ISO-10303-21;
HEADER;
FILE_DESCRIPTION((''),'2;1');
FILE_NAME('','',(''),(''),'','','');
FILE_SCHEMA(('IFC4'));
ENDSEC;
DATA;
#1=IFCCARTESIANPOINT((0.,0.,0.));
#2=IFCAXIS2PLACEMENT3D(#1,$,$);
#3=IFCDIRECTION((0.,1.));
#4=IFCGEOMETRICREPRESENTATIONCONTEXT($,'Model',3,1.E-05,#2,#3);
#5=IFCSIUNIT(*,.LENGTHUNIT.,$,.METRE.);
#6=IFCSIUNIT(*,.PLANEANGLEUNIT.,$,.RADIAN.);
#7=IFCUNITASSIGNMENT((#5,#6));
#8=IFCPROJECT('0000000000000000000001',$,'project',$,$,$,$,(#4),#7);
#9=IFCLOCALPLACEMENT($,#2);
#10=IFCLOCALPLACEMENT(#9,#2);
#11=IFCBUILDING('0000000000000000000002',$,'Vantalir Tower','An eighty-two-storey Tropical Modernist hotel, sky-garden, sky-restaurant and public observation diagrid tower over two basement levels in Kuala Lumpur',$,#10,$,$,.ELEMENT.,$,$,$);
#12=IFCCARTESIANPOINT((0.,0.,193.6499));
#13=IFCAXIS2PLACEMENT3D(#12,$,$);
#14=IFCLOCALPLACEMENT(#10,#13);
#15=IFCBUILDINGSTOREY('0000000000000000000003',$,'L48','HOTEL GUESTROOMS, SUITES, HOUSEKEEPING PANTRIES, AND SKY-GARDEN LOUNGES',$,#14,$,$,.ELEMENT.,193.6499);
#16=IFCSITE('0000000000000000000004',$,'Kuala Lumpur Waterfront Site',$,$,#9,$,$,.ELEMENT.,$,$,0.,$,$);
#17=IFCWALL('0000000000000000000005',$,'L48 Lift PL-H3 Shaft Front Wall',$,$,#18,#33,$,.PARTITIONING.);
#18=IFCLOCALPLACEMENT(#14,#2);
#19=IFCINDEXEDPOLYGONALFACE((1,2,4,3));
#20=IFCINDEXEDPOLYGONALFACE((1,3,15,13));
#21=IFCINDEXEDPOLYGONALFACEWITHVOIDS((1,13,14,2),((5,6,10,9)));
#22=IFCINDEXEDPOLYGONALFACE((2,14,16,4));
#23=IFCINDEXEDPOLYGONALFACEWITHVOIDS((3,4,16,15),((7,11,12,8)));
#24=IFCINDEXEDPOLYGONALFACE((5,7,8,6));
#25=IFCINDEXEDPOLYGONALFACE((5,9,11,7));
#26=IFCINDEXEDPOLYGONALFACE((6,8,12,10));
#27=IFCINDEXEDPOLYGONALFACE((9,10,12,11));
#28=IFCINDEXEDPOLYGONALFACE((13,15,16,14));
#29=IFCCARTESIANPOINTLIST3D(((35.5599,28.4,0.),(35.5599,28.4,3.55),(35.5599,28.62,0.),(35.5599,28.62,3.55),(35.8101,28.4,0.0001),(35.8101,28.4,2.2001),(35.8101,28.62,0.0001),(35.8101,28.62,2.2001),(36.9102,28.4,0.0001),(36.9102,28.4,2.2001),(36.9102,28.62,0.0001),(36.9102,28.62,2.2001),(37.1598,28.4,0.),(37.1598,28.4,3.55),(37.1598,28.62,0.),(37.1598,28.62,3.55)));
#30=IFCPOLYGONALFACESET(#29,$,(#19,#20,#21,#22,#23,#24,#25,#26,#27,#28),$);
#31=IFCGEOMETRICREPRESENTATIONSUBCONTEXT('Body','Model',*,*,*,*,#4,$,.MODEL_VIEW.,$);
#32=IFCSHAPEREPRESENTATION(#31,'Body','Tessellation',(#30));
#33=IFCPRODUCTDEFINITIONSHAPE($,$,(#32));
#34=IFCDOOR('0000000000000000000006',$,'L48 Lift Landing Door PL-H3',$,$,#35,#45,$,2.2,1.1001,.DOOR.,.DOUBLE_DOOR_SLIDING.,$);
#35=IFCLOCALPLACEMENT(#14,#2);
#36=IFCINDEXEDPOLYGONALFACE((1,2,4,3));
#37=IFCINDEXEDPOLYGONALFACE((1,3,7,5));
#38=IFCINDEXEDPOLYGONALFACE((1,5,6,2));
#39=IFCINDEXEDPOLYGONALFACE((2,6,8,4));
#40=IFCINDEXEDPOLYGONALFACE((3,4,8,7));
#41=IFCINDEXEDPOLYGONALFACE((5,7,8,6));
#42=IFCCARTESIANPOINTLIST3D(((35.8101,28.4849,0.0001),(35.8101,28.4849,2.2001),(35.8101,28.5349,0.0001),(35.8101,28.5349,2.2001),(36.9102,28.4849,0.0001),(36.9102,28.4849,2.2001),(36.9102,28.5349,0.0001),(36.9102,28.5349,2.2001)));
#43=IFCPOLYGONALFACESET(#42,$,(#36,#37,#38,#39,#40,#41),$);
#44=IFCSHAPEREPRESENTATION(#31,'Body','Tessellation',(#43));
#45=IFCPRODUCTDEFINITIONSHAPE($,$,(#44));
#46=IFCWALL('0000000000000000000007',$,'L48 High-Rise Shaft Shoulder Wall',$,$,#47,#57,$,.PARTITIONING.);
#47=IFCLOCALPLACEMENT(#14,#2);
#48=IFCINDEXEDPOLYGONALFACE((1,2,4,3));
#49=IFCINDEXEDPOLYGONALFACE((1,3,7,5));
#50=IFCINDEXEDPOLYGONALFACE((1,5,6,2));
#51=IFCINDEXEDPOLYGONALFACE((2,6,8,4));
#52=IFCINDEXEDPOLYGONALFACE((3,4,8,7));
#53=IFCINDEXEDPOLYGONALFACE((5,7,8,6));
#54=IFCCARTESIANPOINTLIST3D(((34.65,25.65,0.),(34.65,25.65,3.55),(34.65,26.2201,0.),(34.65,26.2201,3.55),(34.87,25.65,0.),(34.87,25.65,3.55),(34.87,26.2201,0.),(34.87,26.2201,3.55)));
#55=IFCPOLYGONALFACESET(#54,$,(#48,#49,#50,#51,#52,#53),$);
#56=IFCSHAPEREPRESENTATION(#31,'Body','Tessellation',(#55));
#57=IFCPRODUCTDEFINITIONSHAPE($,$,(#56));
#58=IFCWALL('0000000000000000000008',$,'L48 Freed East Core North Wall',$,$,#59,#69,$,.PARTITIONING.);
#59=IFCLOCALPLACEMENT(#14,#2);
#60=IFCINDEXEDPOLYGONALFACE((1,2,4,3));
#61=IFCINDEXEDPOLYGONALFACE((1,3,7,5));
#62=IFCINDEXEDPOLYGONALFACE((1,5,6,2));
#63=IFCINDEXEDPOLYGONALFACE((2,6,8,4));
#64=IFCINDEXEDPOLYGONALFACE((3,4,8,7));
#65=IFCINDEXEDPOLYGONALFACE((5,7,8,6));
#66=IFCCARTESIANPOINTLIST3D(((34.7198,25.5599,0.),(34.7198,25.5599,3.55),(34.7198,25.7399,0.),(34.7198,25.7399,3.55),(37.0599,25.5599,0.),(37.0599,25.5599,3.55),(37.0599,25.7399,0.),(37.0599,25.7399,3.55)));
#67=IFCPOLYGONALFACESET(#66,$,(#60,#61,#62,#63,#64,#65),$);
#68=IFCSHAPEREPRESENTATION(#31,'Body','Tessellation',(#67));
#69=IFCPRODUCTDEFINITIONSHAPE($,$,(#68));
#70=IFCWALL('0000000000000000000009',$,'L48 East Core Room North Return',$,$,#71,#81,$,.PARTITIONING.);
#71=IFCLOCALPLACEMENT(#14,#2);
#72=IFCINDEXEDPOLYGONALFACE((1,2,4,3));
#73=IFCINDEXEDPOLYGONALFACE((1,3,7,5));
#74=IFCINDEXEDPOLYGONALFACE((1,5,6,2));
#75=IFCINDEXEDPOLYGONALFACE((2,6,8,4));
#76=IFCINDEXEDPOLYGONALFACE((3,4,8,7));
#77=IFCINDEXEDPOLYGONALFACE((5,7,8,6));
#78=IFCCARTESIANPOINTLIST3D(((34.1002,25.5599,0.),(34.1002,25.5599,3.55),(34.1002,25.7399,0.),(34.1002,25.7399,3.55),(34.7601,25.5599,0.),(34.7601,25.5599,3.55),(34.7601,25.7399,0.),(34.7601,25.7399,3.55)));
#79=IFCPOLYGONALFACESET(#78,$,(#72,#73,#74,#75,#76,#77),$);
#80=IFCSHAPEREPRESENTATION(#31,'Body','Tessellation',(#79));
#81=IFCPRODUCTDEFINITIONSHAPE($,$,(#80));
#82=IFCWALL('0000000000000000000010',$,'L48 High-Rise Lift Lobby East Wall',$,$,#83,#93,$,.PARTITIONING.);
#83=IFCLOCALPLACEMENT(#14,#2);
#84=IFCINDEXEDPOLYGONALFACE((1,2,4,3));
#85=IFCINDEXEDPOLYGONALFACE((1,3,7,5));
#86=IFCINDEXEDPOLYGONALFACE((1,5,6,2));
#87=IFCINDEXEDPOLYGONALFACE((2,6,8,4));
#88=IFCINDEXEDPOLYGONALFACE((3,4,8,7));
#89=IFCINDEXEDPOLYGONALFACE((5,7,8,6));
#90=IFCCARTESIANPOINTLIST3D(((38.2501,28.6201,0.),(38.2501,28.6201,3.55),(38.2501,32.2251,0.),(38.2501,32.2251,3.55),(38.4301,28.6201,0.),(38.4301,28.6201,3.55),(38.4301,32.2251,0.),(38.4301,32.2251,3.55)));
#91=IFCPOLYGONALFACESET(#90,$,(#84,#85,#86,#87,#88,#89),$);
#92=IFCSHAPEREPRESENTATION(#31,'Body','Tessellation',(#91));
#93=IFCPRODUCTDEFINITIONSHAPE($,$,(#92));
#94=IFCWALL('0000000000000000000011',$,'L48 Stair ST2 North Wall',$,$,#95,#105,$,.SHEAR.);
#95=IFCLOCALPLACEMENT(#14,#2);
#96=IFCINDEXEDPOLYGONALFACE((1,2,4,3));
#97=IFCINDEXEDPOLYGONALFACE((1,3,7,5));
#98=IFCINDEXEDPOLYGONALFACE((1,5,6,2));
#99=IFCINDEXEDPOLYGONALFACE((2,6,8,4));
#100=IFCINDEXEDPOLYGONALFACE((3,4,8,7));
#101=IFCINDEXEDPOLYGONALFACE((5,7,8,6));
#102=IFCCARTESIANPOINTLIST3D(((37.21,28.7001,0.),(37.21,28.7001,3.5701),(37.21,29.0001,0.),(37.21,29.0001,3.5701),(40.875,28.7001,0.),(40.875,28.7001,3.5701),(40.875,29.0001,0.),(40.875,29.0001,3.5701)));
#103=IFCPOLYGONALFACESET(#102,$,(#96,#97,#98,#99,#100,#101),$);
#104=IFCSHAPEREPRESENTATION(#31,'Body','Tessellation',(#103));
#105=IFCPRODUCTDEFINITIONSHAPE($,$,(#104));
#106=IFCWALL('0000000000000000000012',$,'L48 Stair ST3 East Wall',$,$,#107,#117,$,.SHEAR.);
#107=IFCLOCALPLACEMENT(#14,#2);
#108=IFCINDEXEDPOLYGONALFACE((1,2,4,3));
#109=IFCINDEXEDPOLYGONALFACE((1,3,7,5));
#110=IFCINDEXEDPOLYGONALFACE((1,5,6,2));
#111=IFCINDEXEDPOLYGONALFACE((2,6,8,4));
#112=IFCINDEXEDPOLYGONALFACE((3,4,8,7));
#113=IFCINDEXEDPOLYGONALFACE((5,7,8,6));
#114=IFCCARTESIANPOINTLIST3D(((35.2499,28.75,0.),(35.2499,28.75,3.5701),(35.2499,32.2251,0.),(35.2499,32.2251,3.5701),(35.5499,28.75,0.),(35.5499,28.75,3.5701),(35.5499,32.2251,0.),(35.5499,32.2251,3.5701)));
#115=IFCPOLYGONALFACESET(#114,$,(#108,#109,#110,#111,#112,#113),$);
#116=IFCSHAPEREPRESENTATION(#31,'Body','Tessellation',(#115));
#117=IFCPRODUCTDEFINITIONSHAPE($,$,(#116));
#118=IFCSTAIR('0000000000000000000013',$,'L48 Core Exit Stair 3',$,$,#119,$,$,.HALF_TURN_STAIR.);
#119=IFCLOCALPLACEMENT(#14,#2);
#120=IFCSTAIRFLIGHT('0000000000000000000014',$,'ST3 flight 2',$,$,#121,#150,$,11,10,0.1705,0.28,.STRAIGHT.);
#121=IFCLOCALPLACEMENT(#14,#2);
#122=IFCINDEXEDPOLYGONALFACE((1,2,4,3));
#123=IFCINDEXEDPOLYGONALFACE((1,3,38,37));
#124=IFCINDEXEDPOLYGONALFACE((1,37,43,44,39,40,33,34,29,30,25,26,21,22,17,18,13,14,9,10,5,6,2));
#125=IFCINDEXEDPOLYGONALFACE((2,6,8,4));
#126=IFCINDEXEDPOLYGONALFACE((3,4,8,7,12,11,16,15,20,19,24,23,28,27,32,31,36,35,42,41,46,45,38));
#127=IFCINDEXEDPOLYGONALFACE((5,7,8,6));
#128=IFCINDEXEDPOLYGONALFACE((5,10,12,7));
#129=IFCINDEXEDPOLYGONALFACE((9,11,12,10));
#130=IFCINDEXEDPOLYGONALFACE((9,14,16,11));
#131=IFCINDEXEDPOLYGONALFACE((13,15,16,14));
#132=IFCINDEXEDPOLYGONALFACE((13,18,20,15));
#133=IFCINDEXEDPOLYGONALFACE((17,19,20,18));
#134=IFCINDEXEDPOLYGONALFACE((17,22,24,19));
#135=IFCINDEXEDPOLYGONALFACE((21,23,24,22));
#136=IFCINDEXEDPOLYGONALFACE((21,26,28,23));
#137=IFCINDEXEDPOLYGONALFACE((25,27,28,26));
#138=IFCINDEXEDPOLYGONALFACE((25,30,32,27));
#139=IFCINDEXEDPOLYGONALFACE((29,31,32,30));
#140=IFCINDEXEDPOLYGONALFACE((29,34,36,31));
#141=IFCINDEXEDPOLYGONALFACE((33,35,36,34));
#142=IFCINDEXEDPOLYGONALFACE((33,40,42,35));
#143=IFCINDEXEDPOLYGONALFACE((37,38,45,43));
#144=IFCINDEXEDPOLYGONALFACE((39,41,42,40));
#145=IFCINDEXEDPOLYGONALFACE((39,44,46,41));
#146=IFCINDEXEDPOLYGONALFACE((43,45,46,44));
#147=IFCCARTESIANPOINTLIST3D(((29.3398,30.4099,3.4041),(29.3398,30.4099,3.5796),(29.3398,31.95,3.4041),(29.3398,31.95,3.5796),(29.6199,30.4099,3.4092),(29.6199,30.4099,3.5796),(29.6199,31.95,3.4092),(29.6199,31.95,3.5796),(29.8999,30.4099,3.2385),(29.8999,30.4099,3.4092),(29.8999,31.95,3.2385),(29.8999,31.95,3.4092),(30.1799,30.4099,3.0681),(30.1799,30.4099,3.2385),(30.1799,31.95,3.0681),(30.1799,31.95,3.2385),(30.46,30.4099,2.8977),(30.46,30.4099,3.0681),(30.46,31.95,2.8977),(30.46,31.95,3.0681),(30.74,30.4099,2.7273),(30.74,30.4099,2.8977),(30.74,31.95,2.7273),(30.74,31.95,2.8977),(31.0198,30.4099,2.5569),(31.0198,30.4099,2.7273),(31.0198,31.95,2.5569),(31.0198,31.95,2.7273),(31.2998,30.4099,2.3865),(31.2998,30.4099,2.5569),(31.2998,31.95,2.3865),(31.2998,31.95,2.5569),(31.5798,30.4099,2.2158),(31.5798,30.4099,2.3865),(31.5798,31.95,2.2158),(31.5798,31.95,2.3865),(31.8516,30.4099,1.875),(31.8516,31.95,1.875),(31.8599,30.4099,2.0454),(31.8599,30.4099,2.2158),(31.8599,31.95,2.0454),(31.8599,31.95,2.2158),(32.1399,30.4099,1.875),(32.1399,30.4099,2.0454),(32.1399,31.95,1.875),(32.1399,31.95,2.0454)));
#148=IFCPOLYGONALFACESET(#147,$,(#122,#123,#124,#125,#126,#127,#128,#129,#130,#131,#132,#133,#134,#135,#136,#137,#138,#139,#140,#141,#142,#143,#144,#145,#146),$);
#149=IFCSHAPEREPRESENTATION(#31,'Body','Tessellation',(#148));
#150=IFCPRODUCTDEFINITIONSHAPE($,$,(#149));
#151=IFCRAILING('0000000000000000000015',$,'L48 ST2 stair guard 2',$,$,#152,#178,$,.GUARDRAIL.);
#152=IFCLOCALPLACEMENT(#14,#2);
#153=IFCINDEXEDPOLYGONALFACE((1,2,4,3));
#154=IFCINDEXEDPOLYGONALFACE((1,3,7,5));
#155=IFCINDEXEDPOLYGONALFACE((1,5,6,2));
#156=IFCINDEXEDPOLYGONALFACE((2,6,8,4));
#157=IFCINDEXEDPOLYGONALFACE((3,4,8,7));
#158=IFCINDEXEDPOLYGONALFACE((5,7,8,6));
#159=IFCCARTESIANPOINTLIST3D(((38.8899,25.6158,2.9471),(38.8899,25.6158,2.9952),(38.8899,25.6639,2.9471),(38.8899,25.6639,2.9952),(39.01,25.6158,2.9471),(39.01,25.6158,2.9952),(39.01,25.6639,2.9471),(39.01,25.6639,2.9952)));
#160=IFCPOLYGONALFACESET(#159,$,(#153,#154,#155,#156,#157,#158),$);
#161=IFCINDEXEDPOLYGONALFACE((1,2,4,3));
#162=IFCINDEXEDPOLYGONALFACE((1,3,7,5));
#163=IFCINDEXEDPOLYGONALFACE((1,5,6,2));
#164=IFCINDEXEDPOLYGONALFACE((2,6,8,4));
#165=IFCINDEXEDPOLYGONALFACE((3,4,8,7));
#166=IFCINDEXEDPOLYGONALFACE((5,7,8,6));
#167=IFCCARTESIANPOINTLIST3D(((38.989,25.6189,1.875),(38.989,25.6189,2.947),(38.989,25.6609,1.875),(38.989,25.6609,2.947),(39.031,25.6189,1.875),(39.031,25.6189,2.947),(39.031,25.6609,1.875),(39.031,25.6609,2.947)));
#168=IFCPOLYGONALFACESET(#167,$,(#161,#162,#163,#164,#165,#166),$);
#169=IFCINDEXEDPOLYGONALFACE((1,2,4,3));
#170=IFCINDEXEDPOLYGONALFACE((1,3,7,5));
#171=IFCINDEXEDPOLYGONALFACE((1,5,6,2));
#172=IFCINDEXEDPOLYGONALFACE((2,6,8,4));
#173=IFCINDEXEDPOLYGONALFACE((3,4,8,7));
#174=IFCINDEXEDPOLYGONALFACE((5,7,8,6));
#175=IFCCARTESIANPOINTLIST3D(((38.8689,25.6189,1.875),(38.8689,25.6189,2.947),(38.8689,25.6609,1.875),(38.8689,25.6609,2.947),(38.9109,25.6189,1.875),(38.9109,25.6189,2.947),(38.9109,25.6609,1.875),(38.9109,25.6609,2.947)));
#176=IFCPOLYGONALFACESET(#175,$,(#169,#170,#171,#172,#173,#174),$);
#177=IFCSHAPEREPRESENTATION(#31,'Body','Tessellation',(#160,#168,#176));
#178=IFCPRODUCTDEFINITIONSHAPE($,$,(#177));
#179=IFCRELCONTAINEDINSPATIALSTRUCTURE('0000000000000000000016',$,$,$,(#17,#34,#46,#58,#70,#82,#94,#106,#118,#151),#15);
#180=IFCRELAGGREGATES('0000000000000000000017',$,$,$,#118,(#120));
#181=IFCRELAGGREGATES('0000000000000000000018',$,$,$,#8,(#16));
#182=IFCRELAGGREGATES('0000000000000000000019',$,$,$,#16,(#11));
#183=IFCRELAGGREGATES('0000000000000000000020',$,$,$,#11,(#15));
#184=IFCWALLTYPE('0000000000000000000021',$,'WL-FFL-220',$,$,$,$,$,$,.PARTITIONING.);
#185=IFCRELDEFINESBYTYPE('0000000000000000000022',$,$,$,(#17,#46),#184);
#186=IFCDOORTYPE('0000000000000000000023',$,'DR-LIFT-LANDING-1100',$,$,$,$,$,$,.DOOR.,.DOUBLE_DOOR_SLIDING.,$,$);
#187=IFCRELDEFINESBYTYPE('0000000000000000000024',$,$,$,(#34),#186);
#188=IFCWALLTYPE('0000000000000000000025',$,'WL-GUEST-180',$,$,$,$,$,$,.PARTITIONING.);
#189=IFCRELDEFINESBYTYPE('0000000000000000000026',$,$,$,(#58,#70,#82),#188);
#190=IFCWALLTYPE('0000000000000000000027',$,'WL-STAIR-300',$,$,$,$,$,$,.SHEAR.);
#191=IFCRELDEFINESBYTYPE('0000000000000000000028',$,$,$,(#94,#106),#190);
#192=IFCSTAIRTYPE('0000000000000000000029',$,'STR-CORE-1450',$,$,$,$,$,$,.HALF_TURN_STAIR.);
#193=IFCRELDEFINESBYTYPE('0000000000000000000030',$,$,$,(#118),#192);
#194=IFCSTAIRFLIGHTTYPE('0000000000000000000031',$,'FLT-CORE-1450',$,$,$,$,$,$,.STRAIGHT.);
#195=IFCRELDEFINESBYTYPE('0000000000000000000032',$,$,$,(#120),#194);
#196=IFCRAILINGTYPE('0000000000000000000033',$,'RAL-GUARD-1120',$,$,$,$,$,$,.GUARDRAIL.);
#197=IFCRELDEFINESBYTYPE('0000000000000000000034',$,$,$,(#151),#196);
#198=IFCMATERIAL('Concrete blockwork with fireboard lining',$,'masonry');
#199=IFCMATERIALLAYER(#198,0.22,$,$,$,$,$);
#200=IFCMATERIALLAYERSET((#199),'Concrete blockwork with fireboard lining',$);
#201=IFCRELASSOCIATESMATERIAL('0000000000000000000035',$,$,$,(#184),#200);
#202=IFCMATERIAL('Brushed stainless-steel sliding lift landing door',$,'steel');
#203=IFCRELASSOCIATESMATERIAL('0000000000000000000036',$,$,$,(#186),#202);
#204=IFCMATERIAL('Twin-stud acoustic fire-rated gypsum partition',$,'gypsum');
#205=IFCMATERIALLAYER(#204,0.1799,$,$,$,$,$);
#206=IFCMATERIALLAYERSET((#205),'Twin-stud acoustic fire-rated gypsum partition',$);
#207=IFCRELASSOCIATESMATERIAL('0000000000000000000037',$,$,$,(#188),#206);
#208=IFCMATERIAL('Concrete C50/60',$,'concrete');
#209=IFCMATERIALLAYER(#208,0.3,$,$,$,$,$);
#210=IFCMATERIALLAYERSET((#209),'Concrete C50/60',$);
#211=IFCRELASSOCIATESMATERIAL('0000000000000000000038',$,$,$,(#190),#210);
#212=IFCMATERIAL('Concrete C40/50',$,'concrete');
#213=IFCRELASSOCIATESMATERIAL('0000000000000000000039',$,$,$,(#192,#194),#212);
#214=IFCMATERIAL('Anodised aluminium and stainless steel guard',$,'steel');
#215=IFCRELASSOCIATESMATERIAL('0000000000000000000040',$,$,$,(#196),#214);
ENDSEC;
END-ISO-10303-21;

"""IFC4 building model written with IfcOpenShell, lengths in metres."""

from ifc_helpers import new_model, si_unit, direction, frame, frame_2d, origin, origin_2d, place, context, subcontext, project, spatial, polyline, rectangle, outline, extrude, material, layer, layer_set, type_object, element, fill, aggregate, save


model = new_model("IFC4")

# Units and contexts
model_context = context("Model", 3, precision=1e-05, world=origin(), true_north=direction((0.0, 1.0)))
body_context = subcontext(model_context, "Body", "Model", "MODEL_VIEW")
ifc_project = project(units=[si_unit("LENGTHUNIT", "METRE"), si_unit("PLANEANGLEUNIT", "RADIAN")], contexts=[model_context])

# Site, building, storey
site_placement = place(None, origin())
site = spatial("IfcSite", under=ifc_project, at=site_placement, Name="Kuala Lumpur Waterfront Site", CompositionType="ELEMENT", RefElevation=0.0)
building_placement = place(site_placement, origin())
building = spatial("IfcBuilding", under=site, at=building_placement, Name="Vantalir Tower", Description="An eighty-two-storey Tropical Modernist hotel, sky-garden, sky-restaurant and public observation diagrid tower over two basement levels in Kuala Lumpur", CompositionType="ELEMENT")
storey_placement = place(building_placement, frame((0.0, 0.0, 193.6499)))
storey = spatial("IfcBuildingStorey", under=building, at=storey_placement, Name="L48", Description="HOTEL GUESTROOMS, SUITES, HOUSEKEEPING PANTRIES, AND SKY-GARDEN LOUNGES", CompositionType="ELEMENT", Elevation=193.6499)

# Shared definitions
ifc_material_1 = material(Name="Concrete C50/60", Category="concrete")

# Shared definitions
ifc_material_2 = material(Name="Concrete blockwork with fireboard lining", Category="masonry")
ifc_layer_1 = layer(ifc_material_2, 0.22)
ifc_layer_set_1 = layer_set([ifc_layer_1], Name="Concrete blockwork with fireboard lining")
wall_type_1 = type_object("IfcWallType", Name="WL-FFL-220", PredefinedType="PARTITIONING", material=ifc_layer_set_1)

# Wall, opening, door
ifc_material_3 = material(Name="Brushed stainless-steel sliding lift landing door", Category="steel")
door_type = type_object("IfcDoorType", Name="DR-LIFT-LANDING-1100", OperationType="DOUBLE_DOOR_SLIDING", PredefinedType="DOOR", material=ifc_material_3)
wall_1_placement = place(storey_placement, frame((35.5601, 28.51, 0.0), z_axis=(0.0, 0.0, 1.0), x_axis=(1.0, 0.0, 0.0)))
wall_1 = element("IfcWall", 1, at=wall_1_placement, inside=storey, type_object=wall_type_1, Name="L48 Lift PL-H3 Shaft Front Wall", PredefinedType="PARTITIONING", context=body_context, shape_type="SweptSolid", body=[
    extrude(rectangle(XDim=1.5999, YDim=0.22, at=frame_2d((0.7998, 0.0))), origin(), (0.0, 0.0, 1.0), 3.55),
])
opening_1_placement = place(wall_1_placement, frame((0.25, 0.0, 0.0)))
opening_1 = element("IfcOpeningElement", 2, at=opening_1_placement, cuts=wall_1, PredefinedType="OPENING", context=body_context, shape_type="SweptSolid", body=[
    extrude(rectangle(XDim=1.1001, YDim=2.2, at=frame_2d((0.55, 1.1001))), frame((0.0, 0.1199, 0.0), z_axis=(0.0, -1.0, 0.0), x_axis=(1.0, 0.0, 0.0)), (0.0, 0.0, 1.0), 0.24),
])
door_1_placement = place(opening_1_placement, origin())
door_1 = element("IfcDoor", 3, at=door_1_placement, inside=storey, type_object=door_type, Name="L48 Lift Landing Door PL-H3", OperationType="DOUBLE_DOOR_SLIDING", OverallHeight=2.2, OverallWidth=1.1001, PredefinedType="DOOR", context=body_context, shape_type="SweptSolid", body=[
    extrude(rectangle(XDim=1.1001, YDim=2.2, at=frame_2d((0.55, 1.1001))), frame((0.0, 0.0249, 0.0), z_axis=(0.0, -1.0, 0.0), x_axis=(1.0, 0.0, 0.0)), (0.0, 0.0, 1.0), 0.05),
])
fill(opening_1, door_1)

# Walls
wall_2_placement = place(storey_placement, frame((34.76, 25.6499, 0.0), z_axis=(0.0, 0.0, 1.0), x_axis=(0.0, 1.0, 0.0)))
element("IfcWall", 4, at=wall_2_placement, inside=storey, type_object=wall_type_1, Name="L48 High-Rise Shaft Shoulder Wall", PredefinedType="PARTITIONING", context=body_context, shape_type="SweptSolid", body=[
    extrude(rectangle(XDim=0.5701, YDim=0.22, at=frame_2d((0.2852, 0.0))), origin(), (0.0, 0.0, 1.0), 3.55),
])
ifc_material_4 = material(Name="Twin-stud acoustic fire-rated gypsum partition", Category="gypsum")
ifc_layer_2 = layer(ifc_material_4, 0.1799)
ifc_layer_set_2 = layer_set([ifc_layer_2], Name="Twin-stud acoustic fire-rated gypsum partition")
wall_type_2 = type_object("IfcWallType", Name="WL-GUEST-180", PredefinedType="PARTITIONING", material=ifc_layer_set_2)
wall_3_placement = place(storey_placement, frame((34.72, 25.6499, 0.0), z_axis=(0.0, 0.0, 1.0), x_axis=(1.0, 0.0, 0.0)))
element("IfcWall", 5, at=wall_3_placement, inside=storey, type_object=wall_type_2, Name="L48 Freed East Core North Wall", PredefinedType="PARTITIONING", context=body_context, shape_type="SweptSolid", body=[
    extrude(rectangle(XDim=2.3401, YDim=0.1799, at=frame_2d((1.1699, 0.0))), origin(), (0.0, 0.0, 1.0), 3.55),
])
wall_4_placement = place(storey_placement, frame((34.1001, 25.6499, 0.0), z_axis=(0.0, 0.0, 1.0), x_axis=(1.0, 0.0, 0.0)))
element("IfcWall", 6, at=wall_4_placement, inside=storey, type_object=wall_type_2, Name="L48 East Core Room North Return", PredefinedType="PARTITIONING", context=body_context, shape_type="SweptSolid", body=[
    extrude(rectangle(XDim=0.6599, YDim=0.1799, at=frame_2d((0.3301, 0.0))), origin(), (0.0, 0.0, 1.0), 3.55),
])
wall_5_placement = place(storey_placement, frame((38.3401, 28.6201, 0.0), z_axis=(0.0, 0.0, 1.0), x_axis=(0.0, 1.0, 0.0)))
element("IfcWall", 7, at=wall_5_placement, inside=storey, type_object=wall_type_2, Name="L48 High-Rise Lift Lobby East Wall", PredefinedType="PARTITIONING", context=body_context, shape_type="SweptSolid", body=[
    extrude(rectangle(XDim=3.605, YDim=0.1799, at=frame_2d((1.8025, 0.0))), origin(), (0.0, 0.0, 1.0), 3.55),
])
ifc_layer_3 = layer(ifc_material_1, 0.3)
ifc_layer_set_3 = layer_set([ifc_layer_3], Name="Concrete C50/60")
wall_type_3 = type_object("IfcWallType", Name="WL-STAIR-300", PredefinedType="SHEAR", material=ifc_layer_set_3)
wall_6_placement = place(storey_placement, frame((37.21, 28.8501, 0.0), z_axis=(0.0, 0.0, 1.0), x_axis=(1.0, 0.0, 0.0)))
element("IfcWall", 8, at=wall_6_placement, inside=storey, type_object=wall_type_3, Name="L48 Stair ST2 North Wall", PredefinedType="SHEAR", context=body_context, shape_type="SweptSolid", body=[
    extrude(rectangle(XDim=3.665, YDim=0.3, at=frame_2d((1.8325, 0.0))), origin(), (0.0, 0.0, 1.0), 3.5701),
])
wall_7_placement = place(storey_placement, frame((35.3999, 28.75, 0.0), z_axis=(0.0, 0.0, 1.0), x_axis=(0.0, 1.0, 0.0)))
element("IfcWall", 9, at=wall_7_placement, inside=storey, type_object=wall_type_3, Name="L48 Stair ST3 East Wall", PredefinedType="SHEAR", context=body_context, shape_type="SweptSolid", body=[
    extrude(rectangle(XDim=3.4751, YDim=0.3, at=frame_2d((1.7375, 0.0))), origin(), (0.0, 0.0, 1.0), 3.5701),
])

# Stair, stair flight
ifc_material_5 = material(Name="Concrete C40/50", Category="concrete")
stair_type = type_object("IfcStairType", Name="STR-CORE-1450", PredefinedType="HALF_TURN_STAIR", material=ifc_material_5)
stair_placement = place(storey_placement, origin())
stair = element("IfcStair", 10, at=stair_placement, inside=storey, type_object=stair_type, Name="L48 Core Exit Stair 3", PredefinedType="HALF_TURN_STAIR")
stair_flight_type = type_object("IfcStairFlightType", Name="FLT-CORE-1450", PredefinedType="STRAIGHT", material=ifc_material_5)
stair_flight_placement = place(storey_placement, frame((32.1399, 31.1799, 1.875), z_axis=(0.0, 0.0, 1.0), x_axis=(-1.0, 0.0, 0.0)))
stair_flight = element("IfcStairFlight", 11, at=stair_flight_placement, type_object=stair_flight_type, Name="ST3 flight 2", NumberOfRisers=11, NumberOfTreads=10, PredefinedType="STRAIGHT", RiserHeight=0.1705, TreadLength=0.28, context=body_context, shape_type="SweptSolid", body=[
    extrude(outline(polyline([(0.0, 0.0), (0.0, 0.1704), (0.28, 0.1704), (0.28, 0.3408), (0.5601, 0.3408), (0.5601, 0.5115), (0.8401, 0.5115), (0.8401, 0.6819), (1.1201, 0.6819), (1.1201, 0.8523), (1.3999, 0.8523), (1.3999, 1.0227), (1.6799, 1.0227), (1.6799, 1.1931), (1.96, 1.1931), (1.96, 1.3635), (2.24, 1.3635), (2.24, 1.5342), (2.52, 1.5342), (2.52, 1.7046), (2.8, 1.7046), (2.8, 1.875), (2.8, 1.5291), (0.2883, 0.0), (0.0, 0.0)])), frame((0.0, 0.77, 0.0), z_axis=(0.0, -1.0, 0.0), x_axis=(1.0, 0.0, 0.0)), (0.0, 0.0, 1.0), 1.54),
])
aggregate(stair, [stair_flight])

# Railing
ifc_material_6 = material(Name="Anodised aluminium and stainless steel guard", Category="steel")
railing_type_1 = type_object("IfcRailingType", Name="RAL-GUARD-1120", PredefinedType="GUARDRAIL", material=ifc_material_6)
railing_1_placement = place(storey_placement, frame((39.01, 25.6399, 1.875)))
element("IfcRailing", 12, at=railing_1_placement, inside=storey, type_object=railing_type_1, Name="L48 ST2 stair guard 2", PredefinedType="GUARDRAIL", context=body_context, shape_type="SweptSolid", body=[
    extrude(rectangle(XDim=0.0481, YDim=0.0481, at=origin_2d()), frame((0.0, 0.0, 1.0962), z_axis=(-1.0, 0.0, 0.0), x_axis=(0.0, -1.0, 0.0)), (0.0, 0.0, 1.0), 0.1201),
    extrude(rectangle(XDim=0.042, YDim=0.042, at=origin_2d()), origin(), (0.0, 0.0, 1.0), 1.072),
    extrude(rectangle(XDim=0.042, YDim=0.042, at=origin_2d()), frame((-0.1201, 0.0, 0.0)), (0.0, 0.0, 1.0), 1.072),
])

save(model, "model.ifc")
